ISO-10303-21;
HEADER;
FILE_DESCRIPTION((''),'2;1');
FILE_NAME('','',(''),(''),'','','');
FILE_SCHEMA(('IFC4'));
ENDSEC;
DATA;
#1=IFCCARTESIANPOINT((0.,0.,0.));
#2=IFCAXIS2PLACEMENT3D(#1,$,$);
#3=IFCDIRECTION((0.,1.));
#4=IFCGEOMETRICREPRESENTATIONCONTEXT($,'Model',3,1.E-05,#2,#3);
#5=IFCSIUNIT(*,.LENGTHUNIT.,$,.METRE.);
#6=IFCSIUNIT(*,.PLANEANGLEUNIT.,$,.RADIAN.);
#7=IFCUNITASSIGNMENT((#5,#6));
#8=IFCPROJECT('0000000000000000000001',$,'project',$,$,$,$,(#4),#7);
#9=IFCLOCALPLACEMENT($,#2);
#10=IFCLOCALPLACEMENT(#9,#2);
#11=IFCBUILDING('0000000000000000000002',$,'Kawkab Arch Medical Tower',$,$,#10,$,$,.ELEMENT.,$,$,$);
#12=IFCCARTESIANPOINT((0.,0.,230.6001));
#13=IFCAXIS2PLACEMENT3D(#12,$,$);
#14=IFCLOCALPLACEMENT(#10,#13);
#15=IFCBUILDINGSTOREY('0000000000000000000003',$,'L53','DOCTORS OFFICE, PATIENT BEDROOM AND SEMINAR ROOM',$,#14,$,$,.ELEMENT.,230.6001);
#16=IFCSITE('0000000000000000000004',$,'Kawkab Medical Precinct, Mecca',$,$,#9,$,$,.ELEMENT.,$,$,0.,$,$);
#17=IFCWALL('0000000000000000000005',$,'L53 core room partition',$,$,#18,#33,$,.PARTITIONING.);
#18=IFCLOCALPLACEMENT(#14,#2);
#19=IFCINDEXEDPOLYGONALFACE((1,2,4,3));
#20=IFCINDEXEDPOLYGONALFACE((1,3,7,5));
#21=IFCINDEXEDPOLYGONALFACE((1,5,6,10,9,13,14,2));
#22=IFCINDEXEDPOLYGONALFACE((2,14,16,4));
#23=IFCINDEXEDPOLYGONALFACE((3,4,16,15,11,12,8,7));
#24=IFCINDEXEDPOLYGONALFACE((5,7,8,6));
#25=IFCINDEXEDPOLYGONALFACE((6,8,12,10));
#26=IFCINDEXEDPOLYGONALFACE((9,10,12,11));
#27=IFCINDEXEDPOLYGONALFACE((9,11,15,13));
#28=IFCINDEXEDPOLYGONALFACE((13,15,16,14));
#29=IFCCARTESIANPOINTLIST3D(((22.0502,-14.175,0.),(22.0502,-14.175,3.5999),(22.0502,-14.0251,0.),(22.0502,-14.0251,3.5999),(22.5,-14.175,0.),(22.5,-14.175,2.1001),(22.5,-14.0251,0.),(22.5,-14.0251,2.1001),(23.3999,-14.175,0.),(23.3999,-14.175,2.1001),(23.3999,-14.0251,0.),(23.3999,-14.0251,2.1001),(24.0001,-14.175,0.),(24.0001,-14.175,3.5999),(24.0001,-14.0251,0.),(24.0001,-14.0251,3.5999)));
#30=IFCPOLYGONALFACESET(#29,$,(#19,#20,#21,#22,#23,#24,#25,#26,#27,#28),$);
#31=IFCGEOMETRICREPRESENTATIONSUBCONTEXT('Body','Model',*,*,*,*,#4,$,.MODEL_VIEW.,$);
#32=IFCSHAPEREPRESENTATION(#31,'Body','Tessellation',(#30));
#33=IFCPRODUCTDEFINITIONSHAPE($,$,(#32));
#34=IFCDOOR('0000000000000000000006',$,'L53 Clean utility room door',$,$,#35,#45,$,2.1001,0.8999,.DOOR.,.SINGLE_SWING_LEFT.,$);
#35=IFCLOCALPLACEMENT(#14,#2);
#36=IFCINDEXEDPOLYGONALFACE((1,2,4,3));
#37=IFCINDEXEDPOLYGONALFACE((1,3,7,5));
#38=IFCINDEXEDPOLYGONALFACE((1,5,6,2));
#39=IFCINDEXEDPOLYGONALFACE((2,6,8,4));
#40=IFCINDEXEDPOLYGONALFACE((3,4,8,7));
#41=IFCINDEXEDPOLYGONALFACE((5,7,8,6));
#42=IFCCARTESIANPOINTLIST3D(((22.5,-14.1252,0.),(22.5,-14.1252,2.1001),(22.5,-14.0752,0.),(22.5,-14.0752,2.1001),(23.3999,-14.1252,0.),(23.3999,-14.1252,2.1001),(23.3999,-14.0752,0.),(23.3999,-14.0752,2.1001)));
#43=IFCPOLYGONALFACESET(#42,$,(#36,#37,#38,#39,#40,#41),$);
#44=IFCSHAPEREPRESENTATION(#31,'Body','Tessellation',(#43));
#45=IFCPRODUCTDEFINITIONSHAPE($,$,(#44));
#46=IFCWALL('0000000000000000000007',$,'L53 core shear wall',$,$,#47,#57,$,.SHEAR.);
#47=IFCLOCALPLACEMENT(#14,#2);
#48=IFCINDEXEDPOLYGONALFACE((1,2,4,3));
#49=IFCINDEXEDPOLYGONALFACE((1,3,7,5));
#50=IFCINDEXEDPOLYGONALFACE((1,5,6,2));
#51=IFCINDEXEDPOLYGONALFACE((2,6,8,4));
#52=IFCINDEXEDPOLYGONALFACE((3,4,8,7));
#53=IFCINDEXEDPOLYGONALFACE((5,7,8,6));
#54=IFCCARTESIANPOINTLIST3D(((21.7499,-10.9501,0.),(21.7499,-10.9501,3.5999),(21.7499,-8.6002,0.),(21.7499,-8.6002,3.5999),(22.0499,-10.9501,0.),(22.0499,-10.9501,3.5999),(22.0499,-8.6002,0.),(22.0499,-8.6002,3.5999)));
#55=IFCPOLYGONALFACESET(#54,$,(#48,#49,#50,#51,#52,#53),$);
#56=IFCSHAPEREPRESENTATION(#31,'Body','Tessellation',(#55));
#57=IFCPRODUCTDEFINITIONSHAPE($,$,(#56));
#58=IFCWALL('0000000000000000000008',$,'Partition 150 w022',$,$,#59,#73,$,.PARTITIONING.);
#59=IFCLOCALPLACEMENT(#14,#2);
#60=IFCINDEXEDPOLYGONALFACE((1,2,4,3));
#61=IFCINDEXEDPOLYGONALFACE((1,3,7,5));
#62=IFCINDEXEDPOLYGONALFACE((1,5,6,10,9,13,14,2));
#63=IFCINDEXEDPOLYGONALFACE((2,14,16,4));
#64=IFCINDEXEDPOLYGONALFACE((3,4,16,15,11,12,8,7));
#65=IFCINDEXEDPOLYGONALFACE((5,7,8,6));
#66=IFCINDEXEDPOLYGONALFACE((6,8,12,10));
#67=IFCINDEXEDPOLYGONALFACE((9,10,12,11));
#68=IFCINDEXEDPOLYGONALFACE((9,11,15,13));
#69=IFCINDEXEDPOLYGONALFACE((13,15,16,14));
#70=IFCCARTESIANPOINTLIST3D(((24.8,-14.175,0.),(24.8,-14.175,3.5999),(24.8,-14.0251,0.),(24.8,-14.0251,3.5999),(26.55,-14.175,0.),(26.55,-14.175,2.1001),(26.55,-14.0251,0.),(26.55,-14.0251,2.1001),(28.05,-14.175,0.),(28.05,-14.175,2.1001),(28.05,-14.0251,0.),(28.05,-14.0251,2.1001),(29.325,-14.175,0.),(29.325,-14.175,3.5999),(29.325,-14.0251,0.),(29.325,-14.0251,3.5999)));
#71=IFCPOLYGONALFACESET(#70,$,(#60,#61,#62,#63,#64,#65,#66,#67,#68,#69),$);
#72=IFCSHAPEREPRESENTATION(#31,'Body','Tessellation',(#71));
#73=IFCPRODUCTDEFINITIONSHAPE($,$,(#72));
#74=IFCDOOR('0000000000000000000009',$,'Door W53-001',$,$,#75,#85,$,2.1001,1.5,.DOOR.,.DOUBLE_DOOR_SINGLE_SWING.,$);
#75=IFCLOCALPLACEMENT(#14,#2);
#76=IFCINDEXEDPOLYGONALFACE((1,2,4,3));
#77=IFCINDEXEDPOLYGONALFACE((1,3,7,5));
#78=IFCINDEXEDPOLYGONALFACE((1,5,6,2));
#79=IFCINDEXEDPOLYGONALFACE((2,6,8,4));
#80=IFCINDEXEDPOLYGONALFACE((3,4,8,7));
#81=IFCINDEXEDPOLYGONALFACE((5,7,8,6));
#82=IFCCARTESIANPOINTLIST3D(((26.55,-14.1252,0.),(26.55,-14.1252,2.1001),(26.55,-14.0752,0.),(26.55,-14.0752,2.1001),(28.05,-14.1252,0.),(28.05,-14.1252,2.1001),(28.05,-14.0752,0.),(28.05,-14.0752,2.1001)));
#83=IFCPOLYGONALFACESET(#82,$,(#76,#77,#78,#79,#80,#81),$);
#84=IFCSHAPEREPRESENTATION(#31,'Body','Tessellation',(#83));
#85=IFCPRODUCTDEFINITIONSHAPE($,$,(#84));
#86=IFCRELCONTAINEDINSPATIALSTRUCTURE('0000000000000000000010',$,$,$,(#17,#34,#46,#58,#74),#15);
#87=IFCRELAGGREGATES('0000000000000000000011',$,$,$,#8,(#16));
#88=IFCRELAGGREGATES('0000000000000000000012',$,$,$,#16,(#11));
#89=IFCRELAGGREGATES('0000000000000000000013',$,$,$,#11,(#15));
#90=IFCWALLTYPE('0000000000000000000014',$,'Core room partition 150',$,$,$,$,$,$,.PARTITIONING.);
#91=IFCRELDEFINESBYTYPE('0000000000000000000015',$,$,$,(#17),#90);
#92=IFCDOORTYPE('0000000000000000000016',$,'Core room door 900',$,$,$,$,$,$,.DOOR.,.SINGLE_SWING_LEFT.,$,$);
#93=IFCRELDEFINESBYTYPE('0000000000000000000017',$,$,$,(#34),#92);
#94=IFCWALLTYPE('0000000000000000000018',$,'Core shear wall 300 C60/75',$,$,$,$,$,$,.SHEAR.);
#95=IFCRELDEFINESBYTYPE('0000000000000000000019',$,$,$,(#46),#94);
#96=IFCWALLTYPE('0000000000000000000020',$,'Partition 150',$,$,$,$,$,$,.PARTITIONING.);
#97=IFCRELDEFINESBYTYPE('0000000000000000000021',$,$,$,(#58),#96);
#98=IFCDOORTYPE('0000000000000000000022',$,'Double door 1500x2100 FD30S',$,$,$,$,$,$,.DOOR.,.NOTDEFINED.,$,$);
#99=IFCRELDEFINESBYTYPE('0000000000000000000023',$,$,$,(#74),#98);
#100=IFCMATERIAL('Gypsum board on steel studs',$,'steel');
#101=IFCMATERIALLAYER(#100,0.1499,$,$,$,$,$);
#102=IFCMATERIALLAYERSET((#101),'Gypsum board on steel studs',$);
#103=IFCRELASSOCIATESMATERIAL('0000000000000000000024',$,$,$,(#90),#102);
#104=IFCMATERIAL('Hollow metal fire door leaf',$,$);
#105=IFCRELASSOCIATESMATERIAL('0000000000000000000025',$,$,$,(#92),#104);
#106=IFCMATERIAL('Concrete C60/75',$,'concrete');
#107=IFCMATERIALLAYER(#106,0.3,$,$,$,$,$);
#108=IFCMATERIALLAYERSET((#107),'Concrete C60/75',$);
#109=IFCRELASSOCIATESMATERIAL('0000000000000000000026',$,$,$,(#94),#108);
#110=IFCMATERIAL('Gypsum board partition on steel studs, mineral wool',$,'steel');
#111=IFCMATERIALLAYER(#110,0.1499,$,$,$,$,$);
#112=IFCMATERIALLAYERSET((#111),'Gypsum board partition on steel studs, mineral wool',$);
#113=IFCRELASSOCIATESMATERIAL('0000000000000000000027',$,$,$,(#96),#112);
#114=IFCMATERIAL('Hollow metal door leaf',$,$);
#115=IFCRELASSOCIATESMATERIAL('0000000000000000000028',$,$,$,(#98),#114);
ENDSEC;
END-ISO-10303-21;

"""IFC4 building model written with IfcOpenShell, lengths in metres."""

from ifc_helpers import new_model, si_unit, direction, frame, frame_2d, origin, place, context, subcontext, project, spatial, rectangle, extrude, material, layer, layer_set, type_object, element, fill, save


model = new_model("IFC4")

# Units and contexts
model_context = context("Model", 3, precision=1e-05, world=origin(), true_north=direction((0.0, 1.0)))
body_context = subcontext(model_context, "Body", "Model", "MODEL_VIEW")
ifc_project = project(units=[si_unit("LENGTHUNIT", "METRE"), si_unit("PLANEANGLEUNIT", "RADIAN")], contexts=[model_context])

# Site, building, storey
site_placement = place(None, origin())
site = spatial("IfcSite", under=ifc_project, at=site_placement, Name="Kawkab Medical Precinct, Mecca", CompositionType="ELEMENT", RefElevation=0.0)
building_placement = place(site_placement, origin())
building = spatial("IfcBuilding", under=site, at=building_placement, Name="Kawkab Arch Medical Tower", CompositionType="ELEMENT")
storey_placement = place(building_placement, frame((0.0, 0.0, 230.6001)))
storey = spatial("IfcBuildingStorey", under=building, at=storey_placement, Name="L53", Description="DOCTORS OFFICE, PATIENT BEDROOM AND SEMINAR ROOM", CompositionType="ELEMENT", Elevation=230.6001)

# Wall, opening, door
ifc_material_1 = material(Name="Gypsum board on steel studs", Category="steel")
ifc_layer_1 = layer(ifc_material_1, 0.1499)
ifc_layer_set_1 = layer_set([ifc_layer_1], Name="Gypsum board on steel studs")
wall_type_1 = type_object("IfcWallType", Name="Core room partition 150", PredefinedType="PARTITIONING", material=ifc_layer_set_1)
wall_1_placement = place(storey_placement, frame((22.05, -14.1001, 0.0), z_axis=(0.0, 0.0, 1.0), x_axis=(1.0, 0.0, 0.0)))
wall_1 = element("IfcWall", 1, at=wall_1_placement, inside=storey, type_object=wall_type_1, Name="L53 core room partition", PredefinedType="PARTITIONING", context=body_context, shape_type="SweptSolid", body=[
    extrude(rectangle(XDim=1.95, YDim=0.1499, at=frame_2d((0.9751, 0.0))), origin(), (0.0, 0.0, 1.0), 3.5999),
])
opening_1_placement = place(wall_1_placement, frame((0.45, 0.0, 0.0)))
opening_1 = element("IfcOpeningElement", 2, at=opening_1_placement, cuts=wall_1, PredefinedType="OPENING", context=body_context, shape_type="SweptSolid", body=[
    extrude(rectangle(XDim=0.8999, YDim=2.1001, at=frame_2d((0.45, 1.05))), frame((0.0, 0.085, 0.0), z_axis=(0.0, -1.0, 0.0), x_axis=(1.0, 0.0, 0.0)), (0.0, 0.0, 1.0), 0.1699),
])
ifc_material_2 = material(Name="Hollow metal fire door leaf")
door_type_1 = type_object("IfcDoorType", Name="Core room door 900", OperationType="SINGLE_SWING_LEFT", PredefinedType="DOOR", material=ifc_material_2)
door_1_placement = place(opening_1_placement, origin())
door_1 = element("IfcDoor", 3, at=door_1_placement, inside=storey, type_object=door_type_1, Name="L53 Clean utility room door", OperationType="SINGLE_SWING_LEFT", OverallHeight=2.1001, OverallWidth=0.8999, PredefinedType="DOOR", context=body_context, shape_type="SweptSolid", body=[
    extrude(rectangle(XDim=0.8999, YDim=2.1001, at=frame_2d((0.45, 1.05))), frame((0.0, 0.0249, 0.0), z_axis=(0.0, -1.0, 0.0), x_axis=(1.0, 0.0, 0.0)), (0.0, 0.0, 1.0), 0.05),
])
fill(opening_1, door_1)

# Wall
ifc_material_3 = material(Name="Concrete C60/75", Category="concrete")
ifc_layer_2 = layer(ifc_material_3, 0.3)
ifc_layer_set_2 = layer_set([ifc_layer_2], Name="Concrete C60/75")
wall_type_2 = type_object("IfcWallType", Name="Core shear wall 300 C60/75", PredefinedType="SHEAR", material=ifc_layer_set_2)
wall_2_placement = place(storey_placement, frame((21.8999, -10.95, 0.0), z_axis=(0.0, 0.0, 1.0), x_axis=(0.0, 1.0, 0.0)))
element("IfcWall", 4, at=wall_2_placement, inside=storey, type_object=wall_type_2, Name="L53 core shear wall", PredefinedType="SHEAR", context=body_context, shape_type="SweptSolid", body=[
    extrude(rectangle(XDim=2.3499, YDim=0.3, at=frame_2d((1.1748, 0.0))), origin(), (0.0, 0.0, 1.0), 3.5999),
])

# Wall, opening, door
ifc_material_4 = material(Name="Gypsum board partition on steel studs, mineral wool", Category="steel")
ifc_layer_3 = layer(ifc_material_4, 0.1499)
ifc_layer_set_3 = layer_set([ifc_layer_3], Name="Gypsum board partition on steel studs, mineral wool")
wall_type_3 = type_object("IfcWallType", Name="Partition 150", PredefinedType="PARTITIONING", material=ifc_layer_set_3)
wall_3_placement = place(storey_placement, frame((24.8, -14.1001, 0.0), z_axis=(0.0, 0.0, 1.0), x_axis=(1.0, 0.0, 0.0)))
wall_3 = element("IfcWall", 5, at=wall_3_placement, inside=storey, type_object=wall_type_3, Name="Partition 150 w022", PredefinedType="PARTITIONING", context=body_context, shape_type="SweptSolid", body=[
    extrude(rectangle(XDim=4.5249, YDim=0.1499, at=frame_2d((2.2625, 0.0))), origin(), (0.0, 0.0, 1.0), 3.5999),
])
opening_2_placement = place(wall_3_placement, frame((1.75, 0.0, 0.0)))
opening_2 = element("IfcOpeningElement", 6, at=opening_2_placement, cuts=wall_3, PredefinedType="OPENING", context=body_context, shape_type="SweptSolid", body=[
    extrude(rectangle(XDim=1.5, YDim=2.1001, at=frame_2d((0.75, 1.05))), frame((0.0, 0.085, 0.0), z_axis=(0.0, -1.0, 0.0), x_axis=(1.0, 0.0, 0.0)), (0.0, 0.0, 1.0), 0.1699),
])
ifc_material_5 = material(Name="Hollow metal door leaf")
door_type_2 = type_object("IfcDoorType", Name="Double door 1500x2100 FD30S", OperationType="NOTDEFINED", PredefinedType="DOOR", material=ifc_material_5)
door_2_placement = place(opening_2_placement, origin())
door_2 = element("IfcDoor", 7, at=door_2_placement, inside=storey, type_object=door_type_2, Name="Door W53-001", OperationType="DOUBLE_DOOR_SINGLE_SWING", OverallHeight=2.1001, OverallWidth=1.5, PredefinedType="DOOR", context=body_context, shape_type="SweptSolid", body=[
    extrude(rectangle(XDim=1.5, YDim=2.1001, at=frame_2d((0.75, 1.05))), frame((0.0, 0.0249, 0.0), z_axis=(0.0, -1.0, 0.0), x_axis=(1.0, 0.0, 0.0)), (0.0, 0.0, 1.0), 0.05),
])
fill(opening_2, door_2)

save(model, "model.ifc")
